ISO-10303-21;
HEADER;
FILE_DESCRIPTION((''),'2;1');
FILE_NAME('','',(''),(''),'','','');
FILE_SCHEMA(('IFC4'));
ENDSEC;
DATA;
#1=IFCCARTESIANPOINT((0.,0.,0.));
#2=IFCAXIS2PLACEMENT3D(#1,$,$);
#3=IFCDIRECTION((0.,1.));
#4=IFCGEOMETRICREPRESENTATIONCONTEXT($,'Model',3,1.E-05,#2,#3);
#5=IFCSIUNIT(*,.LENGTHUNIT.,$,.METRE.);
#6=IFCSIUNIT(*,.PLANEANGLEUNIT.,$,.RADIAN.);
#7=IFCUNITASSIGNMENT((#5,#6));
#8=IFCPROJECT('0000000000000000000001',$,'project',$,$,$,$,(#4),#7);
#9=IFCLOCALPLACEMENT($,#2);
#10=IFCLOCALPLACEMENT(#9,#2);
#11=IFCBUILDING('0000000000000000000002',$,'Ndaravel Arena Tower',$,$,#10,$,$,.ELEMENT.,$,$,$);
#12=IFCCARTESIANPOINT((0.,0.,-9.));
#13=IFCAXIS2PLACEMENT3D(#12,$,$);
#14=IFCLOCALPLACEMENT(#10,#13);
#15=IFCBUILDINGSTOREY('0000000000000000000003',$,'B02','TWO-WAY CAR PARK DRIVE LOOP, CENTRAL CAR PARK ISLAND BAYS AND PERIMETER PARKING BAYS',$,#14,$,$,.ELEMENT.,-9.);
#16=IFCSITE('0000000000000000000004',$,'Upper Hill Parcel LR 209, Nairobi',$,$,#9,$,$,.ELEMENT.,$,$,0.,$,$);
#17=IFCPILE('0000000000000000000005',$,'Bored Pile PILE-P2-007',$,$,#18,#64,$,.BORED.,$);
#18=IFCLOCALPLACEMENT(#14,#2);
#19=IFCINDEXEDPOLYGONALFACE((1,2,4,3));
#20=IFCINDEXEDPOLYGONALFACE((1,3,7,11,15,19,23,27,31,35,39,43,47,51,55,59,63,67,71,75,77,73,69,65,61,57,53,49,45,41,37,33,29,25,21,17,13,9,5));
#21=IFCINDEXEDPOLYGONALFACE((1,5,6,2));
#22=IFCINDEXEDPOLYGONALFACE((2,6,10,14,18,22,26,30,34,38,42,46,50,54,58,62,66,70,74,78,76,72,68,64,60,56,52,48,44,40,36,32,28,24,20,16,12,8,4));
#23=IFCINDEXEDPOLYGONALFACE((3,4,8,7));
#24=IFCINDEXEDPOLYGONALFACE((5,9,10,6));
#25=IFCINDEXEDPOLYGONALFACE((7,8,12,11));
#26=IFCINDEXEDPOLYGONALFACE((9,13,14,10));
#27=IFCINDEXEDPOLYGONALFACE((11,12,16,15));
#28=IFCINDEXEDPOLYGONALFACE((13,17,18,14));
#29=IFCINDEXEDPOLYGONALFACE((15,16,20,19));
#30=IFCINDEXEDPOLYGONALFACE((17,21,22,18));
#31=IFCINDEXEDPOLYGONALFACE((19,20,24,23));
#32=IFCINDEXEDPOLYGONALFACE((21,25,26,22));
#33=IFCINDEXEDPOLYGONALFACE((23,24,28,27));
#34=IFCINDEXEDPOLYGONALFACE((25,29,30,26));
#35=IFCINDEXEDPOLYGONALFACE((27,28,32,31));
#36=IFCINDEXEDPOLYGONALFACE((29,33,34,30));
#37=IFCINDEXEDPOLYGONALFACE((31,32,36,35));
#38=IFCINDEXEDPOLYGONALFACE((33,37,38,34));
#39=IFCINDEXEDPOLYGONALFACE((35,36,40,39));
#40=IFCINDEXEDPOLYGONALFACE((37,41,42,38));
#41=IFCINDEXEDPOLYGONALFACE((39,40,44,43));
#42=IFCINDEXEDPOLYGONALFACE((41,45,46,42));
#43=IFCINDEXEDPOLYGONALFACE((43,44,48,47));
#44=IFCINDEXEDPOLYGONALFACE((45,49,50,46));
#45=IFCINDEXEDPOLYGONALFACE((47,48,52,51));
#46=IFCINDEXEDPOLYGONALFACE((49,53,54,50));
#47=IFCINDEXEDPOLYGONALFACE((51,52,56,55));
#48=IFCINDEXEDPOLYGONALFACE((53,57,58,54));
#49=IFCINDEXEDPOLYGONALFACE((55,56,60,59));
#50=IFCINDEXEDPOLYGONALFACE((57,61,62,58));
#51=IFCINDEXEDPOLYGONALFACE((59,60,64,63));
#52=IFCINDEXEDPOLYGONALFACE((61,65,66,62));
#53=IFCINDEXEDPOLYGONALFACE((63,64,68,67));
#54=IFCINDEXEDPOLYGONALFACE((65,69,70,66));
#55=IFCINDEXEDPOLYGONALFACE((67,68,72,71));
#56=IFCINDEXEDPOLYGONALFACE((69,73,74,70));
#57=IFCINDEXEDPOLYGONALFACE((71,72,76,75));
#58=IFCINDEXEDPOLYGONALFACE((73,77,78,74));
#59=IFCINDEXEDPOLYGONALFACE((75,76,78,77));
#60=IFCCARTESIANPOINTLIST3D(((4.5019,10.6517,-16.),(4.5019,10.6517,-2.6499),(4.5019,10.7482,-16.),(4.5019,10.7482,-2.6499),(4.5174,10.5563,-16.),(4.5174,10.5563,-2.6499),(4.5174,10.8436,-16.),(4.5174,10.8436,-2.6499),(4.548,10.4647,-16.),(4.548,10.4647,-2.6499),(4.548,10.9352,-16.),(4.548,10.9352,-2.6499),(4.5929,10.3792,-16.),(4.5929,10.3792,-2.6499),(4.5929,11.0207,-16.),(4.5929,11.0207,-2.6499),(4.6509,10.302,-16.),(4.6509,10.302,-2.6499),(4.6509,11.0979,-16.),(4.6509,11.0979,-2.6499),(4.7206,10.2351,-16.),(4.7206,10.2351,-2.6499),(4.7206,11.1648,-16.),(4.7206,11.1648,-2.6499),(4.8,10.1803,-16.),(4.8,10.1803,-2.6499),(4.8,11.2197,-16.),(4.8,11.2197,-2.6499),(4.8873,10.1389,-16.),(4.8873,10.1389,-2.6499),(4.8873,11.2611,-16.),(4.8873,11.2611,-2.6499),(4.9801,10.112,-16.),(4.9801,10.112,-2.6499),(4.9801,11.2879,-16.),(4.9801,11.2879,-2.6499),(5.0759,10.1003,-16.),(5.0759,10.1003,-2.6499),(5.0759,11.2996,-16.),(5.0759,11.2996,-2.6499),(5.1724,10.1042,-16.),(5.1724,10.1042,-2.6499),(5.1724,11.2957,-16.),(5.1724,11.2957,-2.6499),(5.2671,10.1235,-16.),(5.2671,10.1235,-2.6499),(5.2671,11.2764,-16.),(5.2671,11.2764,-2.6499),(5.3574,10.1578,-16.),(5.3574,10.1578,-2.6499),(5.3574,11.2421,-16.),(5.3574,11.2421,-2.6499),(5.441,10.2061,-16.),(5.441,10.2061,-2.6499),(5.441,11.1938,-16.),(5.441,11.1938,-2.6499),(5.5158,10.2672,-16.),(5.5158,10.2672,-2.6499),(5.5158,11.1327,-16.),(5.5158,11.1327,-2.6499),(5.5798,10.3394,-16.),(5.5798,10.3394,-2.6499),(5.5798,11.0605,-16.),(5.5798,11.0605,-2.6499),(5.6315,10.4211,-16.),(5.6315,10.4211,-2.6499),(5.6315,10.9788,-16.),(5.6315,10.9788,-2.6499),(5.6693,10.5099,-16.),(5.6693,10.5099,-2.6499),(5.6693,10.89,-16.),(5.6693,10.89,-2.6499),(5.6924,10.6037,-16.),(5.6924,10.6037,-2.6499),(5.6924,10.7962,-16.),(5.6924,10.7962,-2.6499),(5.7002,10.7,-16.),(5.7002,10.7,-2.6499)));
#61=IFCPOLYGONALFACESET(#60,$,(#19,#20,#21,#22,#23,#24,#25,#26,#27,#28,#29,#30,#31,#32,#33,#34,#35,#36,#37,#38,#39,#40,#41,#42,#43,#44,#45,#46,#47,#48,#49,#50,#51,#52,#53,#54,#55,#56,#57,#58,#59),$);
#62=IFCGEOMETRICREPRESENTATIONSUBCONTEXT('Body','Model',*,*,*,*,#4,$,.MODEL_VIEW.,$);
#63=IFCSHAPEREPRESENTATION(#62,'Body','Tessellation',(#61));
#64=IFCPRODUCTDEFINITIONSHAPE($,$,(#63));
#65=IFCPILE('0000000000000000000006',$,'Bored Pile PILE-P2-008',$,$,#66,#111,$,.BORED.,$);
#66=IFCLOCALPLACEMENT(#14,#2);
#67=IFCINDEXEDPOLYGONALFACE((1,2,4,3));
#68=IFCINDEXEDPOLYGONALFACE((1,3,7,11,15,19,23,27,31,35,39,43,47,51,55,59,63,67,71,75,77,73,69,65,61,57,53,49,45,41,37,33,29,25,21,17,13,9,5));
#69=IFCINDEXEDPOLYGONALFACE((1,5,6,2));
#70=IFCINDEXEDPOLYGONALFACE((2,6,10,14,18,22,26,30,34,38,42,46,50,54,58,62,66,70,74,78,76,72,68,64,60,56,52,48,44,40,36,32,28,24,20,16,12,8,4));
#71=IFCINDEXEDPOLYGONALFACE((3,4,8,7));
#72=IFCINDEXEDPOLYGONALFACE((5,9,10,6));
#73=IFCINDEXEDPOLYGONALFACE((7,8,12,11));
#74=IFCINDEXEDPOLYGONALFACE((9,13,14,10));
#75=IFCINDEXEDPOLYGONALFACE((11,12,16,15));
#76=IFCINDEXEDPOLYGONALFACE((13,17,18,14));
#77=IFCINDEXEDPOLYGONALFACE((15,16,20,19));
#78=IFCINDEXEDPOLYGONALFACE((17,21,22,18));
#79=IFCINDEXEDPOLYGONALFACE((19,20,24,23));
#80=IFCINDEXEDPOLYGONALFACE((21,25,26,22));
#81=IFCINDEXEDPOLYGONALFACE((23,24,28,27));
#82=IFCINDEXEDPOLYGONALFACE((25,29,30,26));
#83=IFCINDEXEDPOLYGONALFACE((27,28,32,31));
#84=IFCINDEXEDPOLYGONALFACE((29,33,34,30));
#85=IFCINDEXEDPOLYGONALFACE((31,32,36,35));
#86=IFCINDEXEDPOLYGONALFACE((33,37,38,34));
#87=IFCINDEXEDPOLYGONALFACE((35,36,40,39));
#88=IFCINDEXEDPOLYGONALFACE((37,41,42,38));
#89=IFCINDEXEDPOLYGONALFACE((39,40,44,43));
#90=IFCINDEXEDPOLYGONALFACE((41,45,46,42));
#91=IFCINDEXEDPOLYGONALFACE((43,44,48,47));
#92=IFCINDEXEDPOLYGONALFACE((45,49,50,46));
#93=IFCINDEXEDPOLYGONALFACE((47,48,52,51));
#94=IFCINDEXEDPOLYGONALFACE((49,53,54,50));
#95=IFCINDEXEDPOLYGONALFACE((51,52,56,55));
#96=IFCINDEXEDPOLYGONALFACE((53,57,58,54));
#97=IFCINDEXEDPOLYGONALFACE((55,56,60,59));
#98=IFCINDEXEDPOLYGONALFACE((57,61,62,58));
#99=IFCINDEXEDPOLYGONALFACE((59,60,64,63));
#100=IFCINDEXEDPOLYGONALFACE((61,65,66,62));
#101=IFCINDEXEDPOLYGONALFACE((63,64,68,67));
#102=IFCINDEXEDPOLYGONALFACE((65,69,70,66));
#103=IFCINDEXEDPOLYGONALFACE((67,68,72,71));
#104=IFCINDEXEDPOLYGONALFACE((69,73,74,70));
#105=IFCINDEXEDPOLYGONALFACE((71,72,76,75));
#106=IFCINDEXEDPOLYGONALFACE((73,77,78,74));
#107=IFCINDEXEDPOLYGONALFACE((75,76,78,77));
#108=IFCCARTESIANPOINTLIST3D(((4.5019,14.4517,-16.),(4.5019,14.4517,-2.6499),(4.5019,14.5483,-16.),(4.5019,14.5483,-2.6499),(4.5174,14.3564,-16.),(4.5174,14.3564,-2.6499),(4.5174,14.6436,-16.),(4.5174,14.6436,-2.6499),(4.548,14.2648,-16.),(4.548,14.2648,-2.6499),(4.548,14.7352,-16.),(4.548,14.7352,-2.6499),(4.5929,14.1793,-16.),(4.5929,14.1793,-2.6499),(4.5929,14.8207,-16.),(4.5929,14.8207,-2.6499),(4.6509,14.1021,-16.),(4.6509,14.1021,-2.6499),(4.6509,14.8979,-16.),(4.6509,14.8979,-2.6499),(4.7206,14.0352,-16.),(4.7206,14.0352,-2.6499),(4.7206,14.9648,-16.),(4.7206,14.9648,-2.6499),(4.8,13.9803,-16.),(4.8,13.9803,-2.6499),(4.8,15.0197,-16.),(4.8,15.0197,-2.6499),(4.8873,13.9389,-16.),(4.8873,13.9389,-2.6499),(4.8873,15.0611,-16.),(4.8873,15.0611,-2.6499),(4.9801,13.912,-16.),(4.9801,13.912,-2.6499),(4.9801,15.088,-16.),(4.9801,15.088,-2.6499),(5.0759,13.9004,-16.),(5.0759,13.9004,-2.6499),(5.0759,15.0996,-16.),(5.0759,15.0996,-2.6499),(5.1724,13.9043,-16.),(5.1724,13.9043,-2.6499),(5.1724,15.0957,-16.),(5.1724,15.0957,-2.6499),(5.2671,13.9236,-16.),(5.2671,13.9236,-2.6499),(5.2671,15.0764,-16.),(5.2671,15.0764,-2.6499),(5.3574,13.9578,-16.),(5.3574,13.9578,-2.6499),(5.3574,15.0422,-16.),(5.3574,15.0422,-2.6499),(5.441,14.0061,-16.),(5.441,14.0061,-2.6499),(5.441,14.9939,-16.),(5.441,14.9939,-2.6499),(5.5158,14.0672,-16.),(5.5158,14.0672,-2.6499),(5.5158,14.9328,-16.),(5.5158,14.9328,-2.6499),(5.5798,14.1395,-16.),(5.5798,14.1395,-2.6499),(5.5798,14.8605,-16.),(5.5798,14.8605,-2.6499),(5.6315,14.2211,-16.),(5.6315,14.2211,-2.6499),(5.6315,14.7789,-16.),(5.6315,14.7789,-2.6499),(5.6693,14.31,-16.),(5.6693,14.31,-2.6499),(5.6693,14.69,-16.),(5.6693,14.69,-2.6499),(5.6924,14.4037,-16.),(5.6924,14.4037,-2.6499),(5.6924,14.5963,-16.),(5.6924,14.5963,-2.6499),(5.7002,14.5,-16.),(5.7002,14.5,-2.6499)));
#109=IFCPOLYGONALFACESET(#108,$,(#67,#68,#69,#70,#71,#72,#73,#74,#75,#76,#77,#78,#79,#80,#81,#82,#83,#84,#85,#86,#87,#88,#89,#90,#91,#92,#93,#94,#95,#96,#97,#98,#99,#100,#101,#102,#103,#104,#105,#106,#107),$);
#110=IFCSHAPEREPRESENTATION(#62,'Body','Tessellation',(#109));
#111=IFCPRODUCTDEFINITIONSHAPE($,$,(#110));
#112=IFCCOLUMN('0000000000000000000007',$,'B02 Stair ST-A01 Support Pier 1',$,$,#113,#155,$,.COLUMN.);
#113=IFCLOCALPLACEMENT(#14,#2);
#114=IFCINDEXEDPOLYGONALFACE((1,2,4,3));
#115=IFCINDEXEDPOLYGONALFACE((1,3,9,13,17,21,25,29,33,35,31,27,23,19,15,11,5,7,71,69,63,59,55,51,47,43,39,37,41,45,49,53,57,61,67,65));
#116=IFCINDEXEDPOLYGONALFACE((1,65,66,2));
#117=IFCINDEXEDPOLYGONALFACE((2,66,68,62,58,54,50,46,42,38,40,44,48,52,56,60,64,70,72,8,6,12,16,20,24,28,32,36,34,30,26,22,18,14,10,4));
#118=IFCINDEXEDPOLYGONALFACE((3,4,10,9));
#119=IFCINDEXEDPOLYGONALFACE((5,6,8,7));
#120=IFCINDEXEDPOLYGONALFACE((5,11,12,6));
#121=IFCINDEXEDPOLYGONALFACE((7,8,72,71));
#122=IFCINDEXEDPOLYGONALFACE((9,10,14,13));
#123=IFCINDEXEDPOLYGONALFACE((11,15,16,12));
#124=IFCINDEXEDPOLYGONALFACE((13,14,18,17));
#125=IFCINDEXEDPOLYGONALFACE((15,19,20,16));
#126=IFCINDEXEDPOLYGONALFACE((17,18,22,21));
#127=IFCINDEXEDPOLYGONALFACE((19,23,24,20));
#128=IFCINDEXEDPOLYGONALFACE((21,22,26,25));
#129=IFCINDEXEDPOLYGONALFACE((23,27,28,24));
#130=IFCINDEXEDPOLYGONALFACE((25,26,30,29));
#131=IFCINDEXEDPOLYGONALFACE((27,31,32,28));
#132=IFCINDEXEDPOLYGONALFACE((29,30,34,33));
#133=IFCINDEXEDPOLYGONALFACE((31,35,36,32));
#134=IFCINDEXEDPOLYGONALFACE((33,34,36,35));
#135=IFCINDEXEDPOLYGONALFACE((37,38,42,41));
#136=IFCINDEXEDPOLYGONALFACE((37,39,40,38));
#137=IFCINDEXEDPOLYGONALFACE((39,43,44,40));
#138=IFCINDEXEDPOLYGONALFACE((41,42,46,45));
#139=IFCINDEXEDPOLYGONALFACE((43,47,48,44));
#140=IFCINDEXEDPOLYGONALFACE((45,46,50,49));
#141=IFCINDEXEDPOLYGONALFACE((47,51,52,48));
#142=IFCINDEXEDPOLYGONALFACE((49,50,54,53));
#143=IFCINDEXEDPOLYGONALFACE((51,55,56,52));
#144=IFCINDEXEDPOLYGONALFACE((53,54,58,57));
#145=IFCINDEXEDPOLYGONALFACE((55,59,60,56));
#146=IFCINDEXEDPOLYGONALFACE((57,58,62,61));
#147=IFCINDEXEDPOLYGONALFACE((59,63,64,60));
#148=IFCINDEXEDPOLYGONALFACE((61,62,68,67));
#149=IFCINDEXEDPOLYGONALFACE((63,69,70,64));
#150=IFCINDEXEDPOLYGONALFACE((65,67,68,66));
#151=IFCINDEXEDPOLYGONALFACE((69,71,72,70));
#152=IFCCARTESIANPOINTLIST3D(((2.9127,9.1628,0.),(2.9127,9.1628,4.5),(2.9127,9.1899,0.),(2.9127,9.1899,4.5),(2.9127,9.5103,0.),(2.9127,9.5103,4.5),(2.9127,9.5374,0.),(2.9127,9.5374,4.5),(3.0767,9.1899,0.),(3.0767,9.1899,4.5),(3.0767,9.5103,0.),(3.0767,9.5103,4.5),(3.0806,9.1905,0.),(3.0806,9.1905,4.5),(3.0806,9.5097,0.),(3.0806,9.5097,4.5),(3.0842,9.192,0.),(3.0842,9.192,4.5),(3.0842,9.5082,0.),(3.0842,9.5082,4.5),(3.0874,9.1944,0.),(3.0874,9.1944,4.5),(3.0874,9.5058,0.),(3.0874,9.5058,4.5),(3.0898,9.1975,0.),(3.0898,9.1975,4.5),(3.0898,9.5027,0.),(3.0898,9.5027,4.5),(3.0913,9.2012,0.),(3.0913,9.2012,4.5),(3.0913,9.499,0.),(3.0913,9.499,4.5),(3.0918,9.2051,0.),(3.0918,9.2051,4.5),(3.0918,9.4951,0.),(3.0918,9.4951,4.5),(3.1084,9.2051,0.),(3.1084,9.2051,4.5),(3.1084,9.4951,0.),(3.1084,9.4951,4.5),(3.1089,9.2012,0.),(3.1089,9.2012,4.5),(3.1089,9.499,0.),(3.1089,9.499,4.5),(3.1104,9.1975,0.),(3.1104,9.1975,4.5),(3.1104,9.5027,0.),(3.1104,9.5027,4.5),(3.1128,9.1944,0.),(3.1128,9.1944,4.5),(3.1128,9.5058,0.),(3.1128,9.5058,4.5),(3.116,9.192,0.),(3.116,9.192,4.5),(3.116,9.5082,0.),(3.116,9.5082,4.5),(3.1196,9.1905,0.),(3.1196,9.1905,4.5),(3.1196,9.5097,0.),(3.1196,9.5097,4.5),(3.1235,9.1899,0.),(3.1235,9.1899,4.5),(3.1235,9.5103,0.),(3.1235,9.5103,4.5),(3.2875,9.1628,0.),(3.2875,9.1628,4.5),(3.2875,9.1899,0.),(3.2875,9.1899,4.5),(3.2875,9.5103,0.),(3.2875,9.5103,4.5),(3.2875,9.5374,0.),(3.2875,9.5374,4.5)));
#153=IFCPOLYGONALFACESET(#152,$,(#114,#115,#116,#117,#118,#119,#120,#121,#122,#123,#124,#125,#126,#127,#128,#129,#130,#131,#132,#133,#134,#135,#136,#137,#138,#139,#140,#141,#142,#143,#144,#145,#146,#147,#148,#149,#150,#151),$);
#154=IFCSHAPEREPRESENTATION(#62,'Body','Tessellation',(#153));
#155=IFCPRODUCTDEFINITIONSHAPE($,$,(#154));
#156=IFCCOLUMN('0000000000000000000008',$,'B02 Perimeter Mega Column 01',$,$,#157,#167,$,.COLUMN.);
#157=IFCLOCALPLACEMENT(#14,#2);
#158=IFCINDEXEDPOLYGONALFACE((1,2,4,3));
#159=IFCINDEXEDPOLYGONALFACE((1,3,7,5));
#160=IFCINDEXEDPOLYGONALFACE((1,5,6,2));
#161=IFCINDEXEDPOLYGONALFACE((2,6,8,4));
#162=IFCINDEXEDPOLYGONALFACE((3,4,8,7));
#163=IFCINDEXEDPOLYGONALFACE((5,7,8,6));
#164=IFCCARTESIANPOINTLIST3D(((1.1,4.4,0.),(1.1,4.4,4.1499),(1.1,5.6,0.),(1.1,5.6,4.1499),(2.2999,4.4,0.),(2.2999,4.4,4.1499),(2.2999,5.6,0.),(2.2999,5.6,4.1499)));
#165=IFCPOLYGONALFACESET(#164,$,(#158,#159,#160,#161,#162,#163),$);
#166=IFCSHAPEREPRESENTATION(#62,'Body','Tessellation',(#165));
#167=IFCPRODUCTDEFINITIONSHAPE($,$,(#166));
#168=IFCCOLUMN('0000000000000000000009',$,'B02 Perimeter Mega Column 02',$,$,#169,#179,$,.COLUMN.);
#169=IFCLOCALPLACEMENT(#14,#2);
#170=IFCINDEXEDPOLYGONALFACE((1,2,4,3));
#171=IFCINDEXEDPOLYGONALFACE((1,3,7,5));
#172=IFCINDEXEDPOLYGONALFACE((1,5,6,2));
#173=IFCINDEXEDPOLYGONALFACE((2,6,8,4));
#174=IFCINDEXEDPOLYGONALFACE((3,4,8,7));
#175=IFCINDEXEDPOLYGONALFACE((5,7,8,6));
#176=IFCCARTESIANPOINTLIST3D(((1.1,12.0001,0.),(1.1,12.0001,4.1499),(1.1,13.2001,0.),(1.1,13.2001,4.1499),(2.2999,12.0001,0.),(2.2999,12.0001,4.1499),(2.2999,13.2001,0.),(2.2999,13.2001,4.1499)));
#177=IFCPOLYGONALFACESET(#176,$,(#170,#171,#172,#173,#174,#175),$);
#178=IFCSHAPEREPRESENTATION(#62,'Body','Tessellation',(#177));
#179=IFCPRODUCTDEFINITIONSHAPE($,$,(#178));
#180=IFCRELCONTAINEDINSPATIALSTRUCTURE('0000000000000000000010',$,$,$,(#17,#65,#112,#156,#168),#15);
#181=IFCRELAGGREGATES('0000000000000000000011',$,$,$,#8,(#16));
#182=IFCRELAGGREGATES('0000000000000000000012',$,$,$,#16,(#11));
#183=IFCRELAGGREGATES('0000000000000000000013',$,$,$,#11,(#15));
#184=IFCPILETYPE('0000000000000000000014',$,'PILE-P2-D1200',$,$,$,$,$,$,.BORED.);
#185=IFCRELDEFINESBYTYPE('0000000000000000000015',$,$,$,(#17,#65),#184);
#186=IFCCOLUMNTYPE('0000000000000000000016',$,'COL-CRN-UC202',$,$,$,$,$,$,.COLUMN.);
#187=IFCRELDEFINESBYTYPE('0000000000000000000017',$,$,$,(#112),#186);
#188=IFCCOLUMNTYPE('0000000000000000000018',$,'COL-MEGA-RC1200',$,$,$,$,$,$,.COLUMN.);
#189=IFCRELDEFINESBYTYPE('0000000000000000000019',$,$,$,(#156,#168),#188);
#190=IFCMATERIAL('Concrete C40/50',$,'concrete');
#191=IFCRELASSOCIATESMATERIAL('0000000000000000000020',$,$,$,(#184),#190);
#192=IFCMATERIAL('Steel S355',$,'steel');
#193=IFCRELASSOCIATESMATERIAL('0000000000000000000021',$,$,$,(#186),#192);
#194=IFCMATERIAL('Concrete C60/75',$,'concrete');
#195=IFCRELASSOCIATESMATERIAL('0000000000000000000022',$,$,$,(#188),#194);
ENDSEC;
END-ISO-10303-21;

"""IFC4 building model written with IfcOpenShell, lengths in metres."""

from ifc_helpers import new_model, si_unit, direction, frame, origin, origin_2d, place, context, subcontext, project, spatial, rectangle, circle, i_section, extrude, material, material_profile, profile_set, type_object, element, save


model = new_model("IFC4")

# Units and contexts
model_context = context("Model", 3, precision=1e-05, world=origin(), true_north=direction((0.0, 1.0)))
body_context = subcontext(model_context, "Body", "Model", "MODEL_VIEW")
ifc_project = project(units=[si_unit("LENGTHUNIT", "METRE"), si_unit("PLANEANGLEUNIT", "RADIAN")], contexts=[model_context])

# Site, building, storey
site_placement = place(None, origin())
site = spatial("IfcSite", under=ifc_project, at=site_placement, Name="Upper Hill Parcel LR 209, Nairobi", CompositionType="ELEMENT", RefElevation=0.0)
building_placement = place(site_placement, origin())
building = spatial("IfcBuilding", under=site, at=building_placement, Name="Ndaravel Arena Tower", CompositionType="ELEMENT")
storey_placement = place(building_placement, frame((0.0, 0.0, -9.0)))
storey = spatial("IfcBuildingStorey", under=building, at=storey_placement, Name="B02", Description="TWO-WAY CAR PARK DRIVE LOOP, CENTRAL CAR PARK ISLAND BAYS AND PERIMETER PARKING BAYS", CompositionType="ELEMENT", Elevation=-9.0)

# Piles
ifc_material_1 = material(Name="Concrete C40/50", Category="concrete")
ifc_material_profile_1 = material_profile(ifc_material_1, circle(Radius=0.6001, at=origin_2d()), Name="BORED PILE D1200")
ifc_profile_set_1 = profile_set([ifc_material_profile_1], Name="Concrete C40/50")
pile_type = type_object("IfcPileType", Name="PILE-P2-D1200", PredefinedType="BORED", material=ifc_profile_set_1)
for number, where, z_axis, x_axis, name in (
    (1, (5.1001, 10.7, -2.6499), (0.0, 0.0, -1.0), (1.0, 0.0, 0.0), "Bored Pile PILE-P2-007"),
    (2, (5.1001, 14.5, -2.6499), (0.0, 0.0, -1.0), (1.0, 0.0, 0.0), "Bored Pile PILE-P2-008"),
):
    element("IfcPile", number, at=place(storey_placement, frame(where, z_axis=z_axis, x_axis=x_axis)), inside=storey, type_object=pile_type, Name=name, PredefinedType="BORED", context=body_context, shape_type="SweptSolid", body=[
        extrude(circle(Radius=0.6001, at=origin_2d()), origin(), (0.0, 0.0, 1.0), 13.3501),
    ])

# Columns
ifc_material_2 = material(Name="Steel S355", Category="steel")
ifc_material_profile_2 = material_profile(ifc_material_2, i_section(OverallWidth=0.3748, OverallDepth=0.3745, WebThickness=0.0166, FlangeThickness=0.0271, FilletRadius=0.0151, at=origin_2d()), Name="UC 356x368x202")
ifc_profile_set_2 = profile_set([ifc_material_profile_2], Name="Steel S355")
column_type_1 = type_object("IfcColumnType", Name="COL-CRN-UC202", PredefinedType="COLUMN", material=ifc_profile_set_2)
column_placement = place(storey_placement, frame((3.1001, 9.3501, 0.0), z_axis=(0.0, 0.0, 1.0), x_axis=(1.0, 0.0, 0.0)))
element("IfcColumn", 3, at=column_placement, inside=storey, type_object=column_type_1, Name="B02 Stair ST-A01 Support Pier 1", PredefinedType="COLUMN", context=body_context, shape_type="SweptSolid", body=[
    extrude(i_section(OverallWidth=0.3748, OverallDepth=0.3745, WebThickness=0.0166, FlangeThickness=0.0271, FilletRadius=0.0151, at=origin_2d()), origin(), (0.0, 0.0, 1.0), 4.5),
])
ifc_material_3 = material(Name="Concrete C60/75", Category="concrete")
ifc_material_profile_3 = material_profile(ifc_material_3, rectangle(XDim=1.2, YDim=1.2, at=origin_2d()), Name="RC 1200x1200")
ifc_profile_set_3 = profile_set([ifc_material_profile_3], Name="Concrete C60/75")
column_type_2 = type_object("IfcColumnType", Name="COL-MEGA-RC1200", PredefinedType="COLUMN", material=ifc_profile_set_3)
for number, where, z_axis, x_axis, name in (
    (4, (1.7, 5.0, 0.0), (0.0, 0.0, 1.0), (1.0, 0.0, 0.0), "B02 Perimeter Mega Column 01"),
    (5, (1.7, 12.6001, 0.0), (0.0, 0.0, 1.0), (1.0, 0.0, 0.0), "B02 Perimeter Mega Column 02"),
):
    element("IfcColumn", number, at=place(storey_placement, frame(where, z_axis=z_axis, x_axis=x_axis)), inside=storey, type_object=column_type_2, Name=name, PredefinedType="COLUMN", context=body_context, shape_type="SweptSolid", body=[
        extrude(rectangle(XDim=1.2, YDim=1.2, at=origin_2d()), origin(), (0.0, 0.0, 1.0), 4.1499),
    ])

save(model, "model.ifc")
